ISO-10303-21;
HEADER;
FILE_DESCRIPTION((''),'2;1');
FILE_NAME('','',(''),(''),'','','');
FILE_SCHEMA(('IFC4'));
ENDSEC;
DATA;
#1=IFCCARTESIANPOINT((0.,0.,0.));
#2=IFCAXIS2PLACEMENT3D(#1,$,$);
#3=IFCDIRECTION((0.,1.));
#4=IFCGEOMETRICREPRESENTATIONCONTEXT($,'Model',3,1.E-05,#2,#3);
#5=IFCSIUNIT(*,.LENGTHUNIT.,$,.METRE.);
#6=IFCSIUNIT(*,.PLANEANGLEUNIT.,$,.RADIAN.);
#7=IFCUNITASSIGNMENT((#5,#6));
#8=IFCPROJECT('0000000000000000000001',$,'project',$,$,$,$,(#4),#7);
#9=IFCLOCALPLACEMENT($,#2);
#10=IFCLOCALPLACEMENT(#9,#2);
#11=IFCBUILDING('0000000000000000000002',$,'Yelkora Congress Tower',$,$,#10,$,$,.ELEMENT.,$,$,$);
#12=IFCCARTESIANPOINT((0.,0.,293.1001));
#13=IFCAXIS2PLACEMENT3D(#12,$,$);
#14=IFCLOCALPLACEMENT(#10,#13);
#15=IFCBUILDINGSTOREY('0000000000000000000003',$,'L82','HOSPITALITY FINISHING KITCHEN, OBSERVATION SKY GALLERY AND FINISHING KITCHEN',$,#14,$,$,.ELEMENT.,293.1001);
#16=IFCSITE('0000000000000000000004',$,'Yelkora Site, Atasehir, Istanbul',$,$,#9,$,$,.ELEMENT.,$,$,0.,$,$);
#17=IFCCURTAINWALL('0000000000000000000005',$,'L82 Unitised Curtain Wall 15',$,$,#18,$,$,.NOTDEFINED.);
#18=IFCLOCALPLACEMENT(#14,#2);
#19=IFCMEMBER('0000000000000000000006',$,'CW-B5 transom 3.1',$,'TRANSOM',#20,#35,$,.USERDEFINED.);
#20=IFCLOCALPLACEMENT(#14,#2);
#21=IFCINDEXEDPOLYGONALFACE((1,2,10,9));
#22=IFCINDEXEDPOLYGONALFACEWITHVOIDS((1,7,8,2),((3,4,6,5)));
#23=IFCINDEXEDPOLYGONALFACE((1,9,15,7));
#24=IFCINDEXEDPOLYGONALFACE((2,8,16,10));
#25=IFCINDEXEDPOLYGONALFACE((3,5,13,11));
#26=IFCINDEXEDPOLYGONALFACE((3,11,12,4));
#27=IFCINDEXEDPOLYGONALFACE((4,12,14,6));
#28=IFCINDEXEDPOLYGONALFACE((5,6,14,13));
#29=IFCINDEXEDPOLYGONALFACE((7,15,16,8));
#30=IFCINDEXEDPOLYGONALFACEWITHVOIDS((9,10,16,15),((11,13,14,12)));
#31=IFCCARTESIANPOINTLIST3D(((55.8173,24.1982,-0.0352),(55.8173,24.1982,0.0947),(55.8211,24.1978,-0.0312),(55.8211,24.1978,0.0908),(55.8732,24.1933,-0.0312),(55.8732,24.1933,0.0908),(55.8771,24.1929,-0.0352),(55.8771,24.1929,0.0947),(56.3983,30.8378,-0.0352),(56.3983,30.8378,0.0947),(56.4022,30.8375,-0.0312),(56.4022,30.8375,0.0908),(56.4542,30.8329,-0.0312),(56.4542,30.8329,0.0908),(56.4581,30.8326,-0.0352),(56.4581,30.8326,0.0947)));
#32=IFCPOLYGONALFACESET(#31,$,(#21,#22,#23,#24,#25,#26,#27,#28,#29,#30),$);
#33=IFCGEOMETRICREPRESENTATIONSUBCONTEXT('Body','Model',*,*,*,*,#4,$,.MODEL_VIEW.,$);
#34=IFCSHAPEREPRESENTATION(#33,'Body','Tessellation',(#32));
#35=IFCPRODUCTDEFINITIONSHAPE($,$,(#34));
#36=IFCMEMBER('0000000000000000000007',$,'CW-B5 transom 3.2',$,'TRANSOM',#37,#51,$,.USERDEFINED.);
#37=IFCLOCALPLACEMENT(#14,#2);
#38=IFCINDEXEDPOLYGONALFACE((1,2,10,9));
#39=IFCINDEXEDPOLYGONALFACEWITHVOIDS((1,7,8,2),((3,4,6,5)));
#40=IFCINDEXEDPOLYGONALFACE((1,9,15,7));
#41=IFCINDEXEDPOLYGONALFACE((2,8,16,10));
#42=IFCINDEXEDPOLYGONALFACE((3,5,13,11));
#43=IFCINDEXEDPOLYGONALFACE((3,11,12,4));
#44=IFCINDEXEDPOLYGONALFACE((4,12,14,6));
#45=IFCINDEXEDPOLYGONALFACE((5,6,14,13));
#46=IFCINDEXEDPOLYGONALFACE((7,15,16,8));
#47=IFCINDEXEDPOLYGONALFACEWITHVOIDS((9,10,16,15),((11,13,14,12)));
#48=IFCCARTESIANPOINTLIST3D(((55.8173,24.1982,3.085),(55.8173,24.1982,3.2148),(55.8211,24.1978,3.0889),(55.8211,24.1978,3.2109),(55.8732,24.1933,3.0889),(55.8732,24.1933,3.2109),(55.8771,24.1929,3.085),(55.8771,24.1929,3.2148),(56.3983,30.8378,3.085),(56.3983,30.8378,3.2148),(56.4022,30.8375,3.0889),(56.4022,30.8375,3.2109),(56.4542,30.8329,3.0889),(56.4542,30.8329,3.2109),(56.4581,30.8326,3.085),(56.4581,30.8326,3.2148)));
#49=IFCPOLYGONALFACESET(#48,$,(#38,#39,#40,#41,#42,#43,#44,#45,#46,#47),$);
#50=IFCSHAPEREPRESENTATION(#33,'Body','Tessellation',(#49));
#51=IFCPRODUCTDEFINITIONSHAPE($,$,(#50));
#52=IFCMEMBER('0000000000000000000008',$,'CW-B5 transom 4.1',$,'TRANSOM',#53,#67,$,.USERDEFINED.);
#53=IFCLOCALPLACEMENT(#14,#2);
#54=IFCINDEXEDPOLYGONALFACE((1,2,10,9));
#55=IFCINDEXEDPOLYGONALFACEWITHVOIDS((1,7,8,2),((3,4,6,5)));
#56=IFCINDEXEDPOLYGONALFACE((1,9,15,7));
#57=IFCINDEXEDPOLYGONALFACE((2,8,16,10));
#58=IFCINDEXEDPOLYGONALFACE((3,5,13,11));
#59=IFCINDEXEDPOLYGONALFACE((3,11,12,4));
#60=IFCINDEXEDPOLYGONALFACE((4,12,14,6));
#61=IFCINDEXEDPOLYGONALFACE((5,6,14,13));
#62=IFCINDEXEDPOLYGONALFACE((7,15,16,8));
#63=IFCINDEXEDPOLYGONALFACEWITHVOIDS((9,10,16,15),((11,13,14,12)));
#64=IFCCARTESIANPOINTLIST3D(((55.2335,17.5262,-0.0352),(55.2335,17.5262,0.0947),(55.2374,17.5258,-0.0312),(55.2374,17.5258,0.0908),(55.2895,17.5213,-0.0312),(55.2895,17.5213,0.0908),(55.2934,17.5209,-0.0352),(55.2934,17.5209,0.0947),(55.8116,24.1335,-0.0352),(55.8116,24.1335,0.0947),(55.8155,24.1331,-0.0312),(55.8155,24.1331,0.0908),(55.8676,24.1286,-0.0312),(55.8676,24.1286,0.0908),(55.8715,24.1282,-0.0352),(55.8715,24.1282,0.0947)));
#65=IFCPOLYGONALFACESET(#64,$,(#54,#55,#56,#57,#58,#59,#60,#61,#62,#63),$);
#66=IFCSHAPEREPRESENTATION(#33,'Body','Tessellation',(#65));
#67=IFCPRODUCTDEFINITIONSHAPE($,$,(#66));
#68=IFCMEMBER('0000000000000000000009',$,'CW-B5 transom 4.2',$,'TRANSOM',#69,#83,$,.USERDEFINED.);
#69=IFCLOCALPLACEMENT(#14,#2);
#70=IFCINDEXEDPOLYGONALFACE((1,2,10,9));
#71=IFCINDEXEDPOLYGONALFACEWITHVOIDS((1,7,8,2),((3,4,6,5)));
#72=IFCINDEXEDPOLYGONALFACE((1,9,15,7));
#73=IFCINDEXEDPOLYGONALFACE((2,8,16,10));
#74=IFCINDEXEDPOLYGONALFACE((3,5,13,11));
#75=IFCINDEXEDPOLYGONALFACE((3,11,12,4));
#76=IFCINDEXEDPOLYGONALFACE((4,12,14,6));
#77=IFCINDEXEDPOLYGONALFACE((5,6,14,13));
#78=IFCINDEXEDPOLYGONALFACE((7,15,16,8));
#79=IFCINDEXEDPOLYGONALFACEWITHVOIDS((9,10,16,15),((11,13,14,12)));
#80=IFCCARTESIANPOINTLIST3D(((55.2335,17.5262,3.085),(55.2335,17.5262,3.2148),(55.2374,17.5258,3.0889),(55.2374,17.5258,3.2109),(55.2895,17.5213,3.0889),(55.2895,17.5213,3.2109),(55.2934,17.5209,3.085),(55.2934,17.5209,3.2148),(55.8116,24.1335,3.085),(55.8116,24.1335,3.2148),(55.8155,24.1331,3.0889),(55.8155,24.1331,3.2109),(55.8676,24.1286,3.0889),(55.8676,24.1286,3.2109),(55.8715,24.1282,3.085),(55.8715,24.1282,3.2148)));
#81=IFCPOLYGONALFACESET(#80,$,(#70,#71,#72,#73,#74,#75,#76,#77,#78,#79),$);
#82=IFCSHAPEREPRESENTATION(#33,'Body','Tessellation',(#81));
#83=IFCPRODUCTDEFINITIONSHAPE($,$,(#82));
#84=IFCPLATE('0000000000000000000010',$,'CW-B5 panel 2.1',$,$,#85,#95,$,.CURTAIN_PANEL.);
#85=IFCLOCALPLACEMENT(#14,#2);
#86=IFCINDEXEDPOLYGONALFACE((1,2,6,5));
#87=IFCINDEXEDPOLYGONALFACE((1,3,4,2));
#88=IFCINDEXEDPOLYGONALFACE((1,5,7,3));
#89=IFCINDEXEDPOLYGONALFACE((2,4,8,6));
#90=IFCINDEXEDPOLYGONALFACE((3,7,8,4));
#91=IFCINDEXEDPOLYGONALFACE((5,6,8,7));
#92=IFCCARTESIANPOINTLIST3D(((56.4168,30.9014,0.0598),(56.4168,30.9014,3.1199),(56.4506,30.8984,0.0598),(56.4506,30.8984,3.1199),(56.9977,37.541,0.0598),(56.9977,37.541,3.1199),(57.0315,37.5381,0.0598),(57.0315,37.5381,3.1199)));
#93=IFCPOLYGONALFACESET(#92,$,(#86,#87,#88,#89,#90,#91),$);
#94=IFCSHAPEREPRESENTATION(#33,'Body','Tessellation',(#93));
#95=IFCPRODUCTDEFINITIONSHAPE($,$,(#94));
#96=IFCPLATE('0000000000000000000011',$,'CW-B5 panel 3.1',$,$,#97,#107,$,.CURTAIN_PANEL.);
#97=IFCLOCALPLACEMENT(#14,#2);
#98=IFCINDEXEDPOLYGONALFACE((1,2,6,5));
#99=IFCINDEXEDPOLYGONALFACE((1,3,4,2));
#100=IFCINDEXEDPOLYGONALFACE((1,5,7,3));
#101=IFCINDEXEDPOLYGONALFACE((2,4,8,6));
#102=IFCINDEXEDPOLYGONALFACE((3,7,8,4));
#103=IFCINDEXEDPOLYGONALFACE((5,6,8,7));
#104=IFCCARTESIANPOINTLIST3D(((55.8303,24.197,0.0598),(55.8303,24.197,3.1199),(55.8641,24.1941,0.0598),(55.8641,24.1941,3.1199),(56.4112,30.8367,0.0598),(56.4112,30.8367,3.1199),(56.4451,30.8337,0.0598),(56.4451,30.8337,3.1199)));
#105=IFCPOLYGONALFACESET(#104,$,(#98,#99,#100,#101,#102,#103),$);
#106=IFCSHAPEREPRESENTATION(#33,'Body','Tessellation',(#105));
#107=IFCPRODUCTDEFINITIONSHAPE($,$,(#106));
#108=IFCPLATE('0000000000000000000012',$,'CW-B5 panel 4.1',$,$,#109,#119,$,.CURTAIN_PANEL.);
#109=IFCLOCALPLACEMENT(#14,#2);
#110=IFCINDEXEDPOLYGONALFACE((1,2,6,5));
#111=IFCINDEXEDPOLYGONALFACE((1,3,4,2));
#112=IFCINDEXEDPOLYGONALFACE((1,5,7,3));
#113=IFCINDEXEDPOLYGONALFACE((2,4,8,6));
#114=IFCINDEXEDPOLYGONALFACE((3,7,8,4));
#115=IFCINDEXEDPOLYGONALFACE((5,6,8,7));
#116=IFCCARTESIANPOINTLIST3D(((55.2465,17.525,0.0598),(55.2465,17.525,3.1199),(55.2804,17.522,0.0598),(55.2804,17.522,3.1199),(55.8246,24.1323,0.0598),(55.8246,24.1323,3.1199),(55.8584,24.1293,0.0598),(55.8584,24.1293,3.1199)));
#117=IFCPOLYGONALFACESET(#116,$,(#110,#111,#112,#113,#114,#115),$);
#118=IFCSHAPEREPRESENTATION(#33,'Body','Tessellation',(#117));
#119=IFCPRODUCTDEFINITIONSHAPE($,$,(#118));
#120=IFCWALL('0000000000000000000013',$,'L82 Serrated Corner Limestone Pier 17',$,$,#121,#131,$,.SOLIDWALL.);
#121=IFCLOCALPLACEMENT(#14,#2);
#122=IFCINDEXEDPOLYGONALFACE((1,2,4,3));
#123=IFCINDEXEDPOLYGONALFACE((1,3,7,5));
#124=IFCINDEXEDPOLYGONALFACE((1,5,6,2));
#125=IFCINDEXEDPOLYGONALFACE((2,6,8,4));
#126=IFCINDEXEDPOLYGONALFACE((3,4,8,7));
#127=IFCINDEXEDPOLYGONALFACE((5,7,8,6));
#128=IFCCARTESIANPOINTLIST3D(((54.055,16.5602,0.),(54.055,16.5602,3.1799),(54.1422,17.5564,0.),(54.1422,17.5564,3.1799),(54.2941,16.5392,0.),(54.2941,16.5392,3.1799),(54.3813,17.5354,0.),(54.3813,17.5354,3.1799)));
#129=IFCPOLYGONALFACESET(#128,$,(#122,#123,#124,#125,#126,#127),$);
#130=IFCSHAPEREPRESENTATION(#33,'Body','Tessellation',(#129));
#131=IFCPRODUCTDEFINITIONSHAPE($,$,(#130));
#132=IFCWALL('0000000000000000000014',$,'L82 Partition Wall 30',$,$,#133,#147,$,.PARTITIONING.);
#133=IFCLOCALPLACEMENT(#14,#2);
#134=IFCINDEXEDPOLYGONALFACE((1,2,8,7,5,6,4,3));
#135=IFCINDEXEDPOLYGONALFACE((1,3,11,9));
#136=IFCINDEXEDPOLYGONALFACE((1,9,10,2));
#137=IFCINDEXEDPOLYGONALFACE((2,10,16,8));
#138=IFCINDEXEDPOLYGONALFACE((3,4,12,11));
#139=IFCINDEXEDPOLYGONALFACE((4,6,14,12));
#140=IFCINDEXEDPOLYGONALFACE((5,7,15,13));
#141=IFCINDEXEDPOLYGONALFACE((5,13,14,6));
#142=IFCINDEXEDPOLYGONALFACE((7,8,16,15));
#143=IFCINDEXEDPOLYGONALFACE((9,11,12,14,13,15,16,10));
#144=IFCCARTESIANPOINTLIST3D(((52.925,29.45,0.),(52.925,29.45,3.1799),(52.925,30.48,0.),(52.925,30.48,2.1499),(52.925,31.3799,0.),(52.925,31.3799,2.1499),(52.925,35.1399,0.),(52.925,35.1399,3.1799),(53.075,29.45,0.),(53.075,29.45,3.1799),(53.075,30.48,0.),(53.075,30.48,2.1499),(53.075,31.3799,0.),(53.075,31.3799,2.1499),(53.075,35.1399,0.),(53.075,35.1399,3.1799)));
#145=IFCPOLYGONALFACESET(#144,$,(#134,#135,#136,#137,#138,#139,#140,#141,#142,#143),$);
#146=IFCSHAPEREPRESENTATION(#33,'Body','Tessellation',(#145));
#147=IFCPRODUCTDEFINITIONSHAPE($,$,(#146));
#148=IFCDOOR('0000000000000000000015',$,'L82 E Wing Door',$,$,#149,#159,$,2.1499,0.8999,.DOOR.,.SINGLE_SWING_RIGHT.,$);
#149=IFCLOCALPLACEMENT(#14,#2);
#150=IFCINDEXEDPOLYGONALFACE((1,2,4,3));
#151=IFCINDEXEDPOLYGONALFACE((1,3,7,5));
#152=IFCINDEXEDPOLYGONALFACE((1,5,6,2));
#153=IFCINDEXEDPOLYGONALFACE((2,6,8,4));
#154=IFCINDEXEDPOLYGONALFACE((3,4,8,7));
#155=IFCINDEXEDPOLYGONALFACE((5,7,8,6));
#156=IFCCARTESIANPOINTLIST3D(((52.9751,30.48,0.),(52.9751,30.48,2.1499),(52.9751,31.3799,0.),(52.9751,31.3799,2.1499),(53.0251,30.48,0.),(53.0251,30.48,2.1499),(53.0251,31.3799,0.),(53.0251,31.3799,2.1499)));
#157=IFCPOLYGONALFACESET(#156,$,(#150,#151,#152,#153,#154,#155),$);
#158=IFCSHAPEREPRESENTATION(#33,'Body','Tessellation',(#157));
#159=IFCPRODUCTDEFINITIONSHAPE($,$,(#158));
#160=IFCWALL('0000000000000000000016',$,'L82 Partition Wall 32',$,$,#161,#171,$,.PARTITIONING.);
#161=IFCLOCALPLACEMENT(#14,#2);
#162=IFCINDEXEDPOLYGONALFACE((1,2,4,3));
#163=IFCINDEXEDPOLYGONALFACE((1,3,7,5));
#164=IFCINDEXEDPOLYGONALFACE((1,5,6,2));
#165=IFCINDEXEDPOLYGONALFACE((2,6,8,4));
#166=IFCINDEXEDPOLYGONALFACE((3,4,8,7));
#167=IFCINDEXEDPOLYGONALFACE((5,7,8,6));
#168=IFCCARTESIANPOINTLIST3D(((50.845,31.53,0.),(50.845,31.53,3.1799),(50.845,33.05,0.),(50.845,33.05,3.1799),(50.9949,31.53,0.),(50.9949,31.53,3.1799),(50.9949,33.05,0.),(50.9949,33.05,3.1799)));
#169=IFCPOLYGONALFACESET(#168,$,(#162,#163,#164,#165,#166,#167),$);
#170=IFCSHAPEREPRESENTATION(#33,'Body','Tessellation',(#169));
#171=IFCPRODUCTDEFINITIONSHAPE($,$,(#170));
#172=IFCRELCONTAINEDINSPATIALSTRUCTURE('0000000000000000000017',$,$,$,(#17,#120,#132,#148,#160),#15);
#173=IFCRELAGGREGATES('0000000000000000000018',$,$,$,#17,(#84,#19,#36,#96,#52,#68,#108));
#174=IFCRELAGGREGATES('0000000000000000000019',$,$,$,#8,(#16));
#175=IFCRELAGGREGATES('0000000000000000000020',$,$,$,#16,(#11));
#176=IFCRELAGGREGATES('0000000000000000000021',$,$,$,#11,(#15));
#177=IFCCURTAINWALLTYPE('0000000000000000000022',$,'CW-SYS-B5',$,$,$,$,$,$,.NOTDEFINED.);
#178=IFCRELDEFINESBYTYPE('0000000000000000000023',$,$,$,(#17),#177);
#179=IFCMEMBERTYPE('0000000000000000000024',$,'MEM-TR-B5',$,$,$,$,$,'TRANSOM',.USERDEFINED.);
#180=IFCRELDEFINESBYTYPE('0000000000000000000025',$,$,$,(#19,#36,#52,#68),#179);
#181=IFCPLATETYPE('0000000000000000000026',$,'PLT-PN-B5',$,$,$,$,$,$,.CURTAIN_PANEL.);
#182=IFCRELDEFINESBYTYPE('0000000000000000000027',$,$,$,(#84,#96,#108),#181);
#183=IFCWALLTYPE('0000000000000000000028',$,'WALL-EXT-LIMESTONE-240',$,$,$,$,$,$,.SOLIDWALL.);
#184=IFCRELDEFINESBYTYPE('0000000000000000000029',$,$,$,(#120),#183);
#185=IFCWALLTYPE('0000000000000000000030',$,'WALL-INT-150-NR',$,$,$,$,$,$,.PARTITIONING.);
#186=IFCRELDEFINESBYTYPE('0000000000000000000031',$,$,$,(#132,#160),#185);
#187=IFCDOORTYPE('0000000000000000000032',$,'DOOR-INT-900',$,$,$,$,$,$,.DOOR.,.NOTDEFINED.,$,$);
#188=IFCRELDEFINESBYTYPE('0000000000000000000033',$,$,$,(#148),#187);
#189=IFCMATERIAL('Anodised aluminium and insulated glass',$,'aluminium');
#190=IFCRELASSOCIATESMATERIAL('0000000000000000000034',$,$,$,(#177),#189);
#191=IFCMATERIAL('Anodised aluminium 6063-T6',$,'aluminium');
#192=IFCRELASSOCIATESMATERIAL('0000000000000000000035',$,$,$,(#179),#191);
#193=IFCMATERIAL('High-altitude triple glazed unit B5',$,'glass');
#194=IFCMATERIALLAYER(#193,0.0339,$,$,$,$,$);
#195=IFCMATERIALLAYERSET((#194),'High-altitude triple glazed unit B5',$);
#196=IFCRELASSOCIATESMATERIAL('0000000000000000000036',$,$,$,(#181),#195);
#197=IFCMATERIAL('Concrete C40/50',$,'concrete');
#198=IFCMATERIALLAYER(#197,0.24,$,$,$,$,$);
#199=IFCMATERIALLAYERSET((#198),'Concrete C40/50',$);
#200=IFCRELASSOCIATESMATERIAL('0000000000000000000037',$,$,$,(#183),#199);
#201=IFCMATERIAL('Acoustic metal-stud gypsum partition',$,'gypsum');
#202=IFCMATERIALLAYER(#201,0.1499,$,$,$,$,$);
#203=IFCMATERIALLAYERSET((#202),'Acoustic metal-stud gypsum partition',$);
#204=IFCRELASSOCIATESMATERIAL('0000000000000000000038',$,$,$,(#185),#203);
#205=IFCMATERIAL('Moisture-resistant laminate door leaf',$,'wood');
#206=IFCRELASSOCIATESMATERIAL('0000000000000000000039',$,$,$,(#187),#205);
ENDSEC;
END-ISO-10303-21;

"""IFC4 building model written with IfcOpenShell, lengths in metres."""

from ifc_helpers import new_model, si_unit, direction, frame, frame_2d, origin, origin_2d, place, context, subcontext, project, spatial, rectangle, hollow_rectangle, extrude, material, layer, layer_set, material_profile, profile_set, type_object, element, fill, aggregate, save


model = new_model("IFC4")

# Units and contexts
model_context = context("Model", 3, precision=1e-05, world=origin(), true_north=direction((0.0, 1.0)))
body_context = subcontext(model_context, "Body", "Model", "MODEL_VIEW")
ifc_project = project(units=[si_unit("LENGTHUNIT", "METRE"), si_unit("PLANEANGLEUNIT", "RADIAN")], contexts=[model_context])

# Site, building, storey
site_placement = place(None, origin())
site = spatial("IfcSite", under=ifc_project, at=site_placement, Name="Yelkora Site, Atasehir, Istanbul", CompositionType="ELEMENT", RefElevation=0.0)
building_placement = place(site_placement, origin())
building = spatial("IfcBuilding", under=site, at=building_placement, Name="Yelkora Congress Tower", CompositionType="ELEMENT")
storey_placement = place(building_placement, frame((0.0, 0.0, 293.1001)))
storey = spatial("IfcBuildingStorey", under=building, at=storey_placement, Name="L82", Description="HOSPITALITY FINISHING KITCHEN, OBSERVATION SKY GALLERY AND FINISHING KITCHEN", CompositionType="ELEMENT", Elevation=293.1001)

# Curtain wall, members, plates
ifc_material_1 = material(Name="Anodised aluminium and insulated glass", Category="aluminium")
curtain_wall_type = type_object("IfcCurtainWallType", Name="CW-SYS-B5", PredefinedType="NOTDEFINED", material=ifc_material_1)
curtain_wall_placement = place(storey_placement, origin())
curtain_wall = element("IfcCurtainWall", 1, at=curtain_wall_placement, inside=storey, type_object=curtain_wall_type, Name="L82 Unitised Curtain Wall 15", PredefinedType="NOTDEFINED")
ifc_material_2 = material(Name="Anodised aluminium 6063-T6", Category="aluminium")
ifc_material_profile_1 = material_profile(ifc_material_2, hollow_rectangle(XDim=0.0601, YDim=0.1299, WallThickness=0.0039, at=origin_2d()), Name="ALU 60x130x4")
ifc_profile_set_1 = profile_set([ifc_material_profile_1], Name="Anodised aluminium 6063-T6")
member_type_1 = type_object("IfcMemberType", Name="MEM-TR-B5", ElementType="TRANSOM", PredefinedType="USERDEFINED", material=ifc_profile_set_1)
member_1_placement = place(storey_placement, frame((56.4282, 30.8352, 0.0298), z_axis=(-0.08718, -0.996193, 0.0), x_axis=(0.996193, -0.08718, 0.0)))
member_1 = element("IfcMember", 2, at=member_1_placement, type_object=member_type_1, Name="CW-B5 transom 3.1", ObjectType="TRANSOM", PredefinedType="USERDEFINED", context=body_context, shape_type="SweptSolid", body=[
    extrude(hollow_rectangle(XDim=0.0601, YDim=0.1299, WallThickness=0.0039, at=origin_2d()), origin(), (0.0, 0.0, 1.0), 6.665),
])
member_2_placement = place(storey_placement, frame((56.4282, 30.8352, 3.1499), z_axis=(-0.08718, -0.996193, 0.0), x_axis=(0.996193, -0.08718, 0.0)))
member_2 = element("IfcMember", 3, at=member_2_placement, type_object=member_type_1, Name="CW-B5 transom 3.2", ObjectType="TRANSOM", PredefinedType="USERDEFINED", context=body_context, shape_type="SweptSolid", body=[
    extrude(hollow_rectangle(XDim=0.0601, YDim=0.1299, WallThickness=0.0039, at=origin_2d()), origin(), (0.0, 0.0, 1.0), 6.665),
])
member_3_placement = place(storey_placement, frame((55.8416, 24.1309, 0.0298), z_axis=(-0.087163, -0.996194, 0.0), x_axis=(0.996194, -0.087163, 0.0)))
member_3 = element("IfcMember", 4, at=member_3_placement, type_object=member_type_1, Name="CW-B5 transom 4.1", ObjectType="TRANSOM", PredefinedType="USERDEFINED", context=body_context, shape_type="SweptSolid", body=[
    extrude(hollow_rectangle(XDim=0.0601, YDim=0.1299, WallThickness=0.0039, at=origin_2d()), origin(), (0.0, 0.0, 1.0), 6.6326),
])
member_4_placement = place(storey_placement, frame((55.8416, 24.1309, 3.1499), z_axis=(-0.087163, -0.996194, 0.0), x_axis=(0.996194, -0.087163, 0.0)))
member_4 = element("IfcMember", 5, at=member_4_placement, type_object=member_type_1, Name="CW-B5 transom 4.2", ObjectType="TRANSOM", PredefinedType="USERDEFINED", context=body_context, shape_type="SweptSolid", body=[
    extrude(hollow_rectangle(XDim=0.0601, YDim=0.1299, WallThickness=0.0039, at=origin_2d()), origin(), (0.0, 0.0, 1.0), 6.6326),
])
ifc_material_3 = material(Name="High-altitude triple glazed unit B5", Category="glass")
ifc_layer_1 = layer(ifc_material_3, 0.0339)
ifc_layer_set_1 = layer_set([ifc_layer_1], Name="High-altitude triple glazed unit B5")
plate_type = type_object("IfcPlateType", Name="PLT-PN-B5", PredefinedType="CURTAIN_PANEL", material=ifc_layer_set_1)
plate_1_placement = place(storey_placement, frame((56.7241, 34.2197, 0.0598), z_axis=(0.0, 0.0, 1.0), x_axis=(-0.087158, -0.996194, 0.0)))
plate_1 = element("IfcPlate", 6, at=plate_1_placement, type_object=plate_type, Name="CW-B5 panel 2.1", PredefinedType="CURTAIN_PANEL", context=body_context, shape_type="SweptSolid", body=[
    extrude(rectangle(XDim=6.665, YDim=0.0339, at=origin_2d()), origin(), (0.0, 0.0, 1.0), 3.0601),
])
plate_2_placement = place(storey_placement, frame((56.1377, 27.5154, 0.0598), z_axis=(0.0, 0.0, 1.0), x_axis=(-0.087158, -0.996194, 0.0)))
plate_2 = element("IfcPlate", 7, at=plate_2_placement, type_object=plate_type, Name="CW-B5 panel 3.1", PredefinedType="CURTAIN_PANEL", context=body_context, shape_type="SweptSolid", body=[
    extrude(rectangle(XDim=6.665, YDim=0.0339, at=origin_2d()), origin(), (0.0, 0.0, 1.0), 3.0601),
])
plate_3_placement = place(storey_placement, frame((55.5525, 20.8271, 0.0598), z_axis=(0.0, 0.0, 1.0), x_axis=(-0.087158, -0.996194, 0.0)))
plate_3 = element("IfcPlate", 8, at=plate_3_placement, type_object=plate_type, Name="CW-B5 panel 4.1", PredefinedType="CURTAIN_PANEL", context=body_context, shape_type="SweptSolid", body=[
    extrude(rectangle(XDim=6.6326, YDim=0.0339, at=origin_2d()), origin(), (0.0, 0.0, 1.0), 3.0601),
])
aggregate(curtain_wall, [plate_1, member_1, member_2, plate_2, member_3, member_4, plate_3])

# Wall
ifc_material_4 = material(Name="Concrete C40/50", Category="concrete")
ifc_layer_2 = layer(ifc_material_4, 0.24)
ifc_layer_set_2 = layer_set([ifc_layer_2], Name="Concrete C40/50")
wall_type_1 = type_object("IfcWallType", Name="WALL-EXT-LIMESTONE-240", PredefinedType="SOLIDWALL", material=ifc_layer_set_2)
wall_1_placement = place(storey_placement, frame((54.2617, 17.5459, 0.0), z_axis=(0.0, 0.0, 1.0), x_axis=(-0.087167, -0.996194, 0.0)))
element("IfcWall", 9, at=wall_1_placement, inside=storey, type_object=wall_type_1, Name="L82 Serrated Corner Limestone Pier 17", PredefinedType="SOLIDWALL", context=body_context, shape_type="SweptSolid", body=[
    extrude(rectangle(XDim=1.0, YDim=0.24, at=frame_2d((0.5, 0.0))), origin(), (0.0, 0.0, 1.0), 3.1799),
])

# Wall, opening, door
ifc_material_5 = material(Name="Acoustic metal-stud gypsum partition", Category="gypsum")
ifc_layer_3 = layer(ifc_material_5, 0.1499)
ifc_layer_set_3 = layer_set([ifc_layer_3], Name="Acoustic metal-stud gypsum partition")
wall_type_2 = type_object("IfcWallType", Name="WALL-INT-150-NR", PredefinedType="PARTITIONING", material=ifc_layer_set_3)
wall_2_placement = place(storey_placement, frame((53.0, 29.45, 0.0), z_axis=(0.0, 0.0, 1.0), x_axis=(0.0, 1.0, 0.0)))
wall_2 = element("IfcWall", 10, at=wall_2_placement, inside=storey, type_object=wall_type_2, Name="L82 Partition Wall 30", PredefinedType="PARTITIONING", context=body_context, shape_type="SweptSolid", body=[
    extrude(rectangle(XDim=5.6899, YDim=0.1499, at=frame_2d((2.845, 0.0))), origin(), (0.0, 0.0, 1.0), 3.1799),
])
opening_placement = place(wall_2_placement, frame((1.03, 0.0, 0.0)))
opening = element("IfcOpeningElement", 11, at=opening_placement, cuts=wall_2, PredefinedType="OPENING", context=body_context, shape_type="SweptSolid", body=[
    extrude(rectangle(XDim=0.8999, YDim=2.1499, at=frame_2d((0.45, 1.075))), frame((0.0, 0.085, 0.0), z_axis=(0.0, -1.0, 0.0), x_axis=(1.0, 0.0, 0.0)), (0.0, 0.0, 1.0), 0.1699),
])
ifc_material_6 = material(Name="Moisture-resistant laminate door leaf", Category="wood")
door_type = type_object("IfcDoorType", Name="DOOR-INT-900", OperationType="NOTDEFINED", PredefinedType="DOOR", material=ifc_material_6)
door_placement = place(opening_placement, origin())
door = element("IfcDoor", 12, at=door_placement, inside=storey, type_object=door_type, Name="L82 E Wing Door", OperationType="SINGLE_SWING_RIGHT", OverallHeight=2.1499, OverallWidth=0.8999, PredefinedType="DOOR", context=body_context, shape_type="SweptSolid", body=[
    extrude(rectangle(XDim=0.8999, YDim=2.1499, at=frame_2d((0.45, 1.075))), frame((0.0, 0.0249, 0.0), z_axis=(0.0, -1.0, 0.0), x_axis=(1.0, 0.0, 0.0)), (0.0, 0.0, 1.0), 0.05),
])
fill(opening, door)

# Wall
wall_3_placement = place(storey_placement, frame((50.9199, 31.53, 0.0), z_axis=(0.0, 0.0, 1.0), x_axis=(0.0, 1.0, 0.0)))
element("IfcWall", 13, at=wall_3_placement, inside=storey, type_object=wall_type_2, Name="L82 Partition Wall 32", PredefinedType="PARTITIONING", context=body_context, shape_type="SweptSolid", body=[
    extrude(rectangle(XDim=1.52, YDim=0.1499, at=frame_2d((0.76, 0.0))), origin(), (0.0, 0.0, 1.0), 3.1799),
])

save(model, "model.ifc")
